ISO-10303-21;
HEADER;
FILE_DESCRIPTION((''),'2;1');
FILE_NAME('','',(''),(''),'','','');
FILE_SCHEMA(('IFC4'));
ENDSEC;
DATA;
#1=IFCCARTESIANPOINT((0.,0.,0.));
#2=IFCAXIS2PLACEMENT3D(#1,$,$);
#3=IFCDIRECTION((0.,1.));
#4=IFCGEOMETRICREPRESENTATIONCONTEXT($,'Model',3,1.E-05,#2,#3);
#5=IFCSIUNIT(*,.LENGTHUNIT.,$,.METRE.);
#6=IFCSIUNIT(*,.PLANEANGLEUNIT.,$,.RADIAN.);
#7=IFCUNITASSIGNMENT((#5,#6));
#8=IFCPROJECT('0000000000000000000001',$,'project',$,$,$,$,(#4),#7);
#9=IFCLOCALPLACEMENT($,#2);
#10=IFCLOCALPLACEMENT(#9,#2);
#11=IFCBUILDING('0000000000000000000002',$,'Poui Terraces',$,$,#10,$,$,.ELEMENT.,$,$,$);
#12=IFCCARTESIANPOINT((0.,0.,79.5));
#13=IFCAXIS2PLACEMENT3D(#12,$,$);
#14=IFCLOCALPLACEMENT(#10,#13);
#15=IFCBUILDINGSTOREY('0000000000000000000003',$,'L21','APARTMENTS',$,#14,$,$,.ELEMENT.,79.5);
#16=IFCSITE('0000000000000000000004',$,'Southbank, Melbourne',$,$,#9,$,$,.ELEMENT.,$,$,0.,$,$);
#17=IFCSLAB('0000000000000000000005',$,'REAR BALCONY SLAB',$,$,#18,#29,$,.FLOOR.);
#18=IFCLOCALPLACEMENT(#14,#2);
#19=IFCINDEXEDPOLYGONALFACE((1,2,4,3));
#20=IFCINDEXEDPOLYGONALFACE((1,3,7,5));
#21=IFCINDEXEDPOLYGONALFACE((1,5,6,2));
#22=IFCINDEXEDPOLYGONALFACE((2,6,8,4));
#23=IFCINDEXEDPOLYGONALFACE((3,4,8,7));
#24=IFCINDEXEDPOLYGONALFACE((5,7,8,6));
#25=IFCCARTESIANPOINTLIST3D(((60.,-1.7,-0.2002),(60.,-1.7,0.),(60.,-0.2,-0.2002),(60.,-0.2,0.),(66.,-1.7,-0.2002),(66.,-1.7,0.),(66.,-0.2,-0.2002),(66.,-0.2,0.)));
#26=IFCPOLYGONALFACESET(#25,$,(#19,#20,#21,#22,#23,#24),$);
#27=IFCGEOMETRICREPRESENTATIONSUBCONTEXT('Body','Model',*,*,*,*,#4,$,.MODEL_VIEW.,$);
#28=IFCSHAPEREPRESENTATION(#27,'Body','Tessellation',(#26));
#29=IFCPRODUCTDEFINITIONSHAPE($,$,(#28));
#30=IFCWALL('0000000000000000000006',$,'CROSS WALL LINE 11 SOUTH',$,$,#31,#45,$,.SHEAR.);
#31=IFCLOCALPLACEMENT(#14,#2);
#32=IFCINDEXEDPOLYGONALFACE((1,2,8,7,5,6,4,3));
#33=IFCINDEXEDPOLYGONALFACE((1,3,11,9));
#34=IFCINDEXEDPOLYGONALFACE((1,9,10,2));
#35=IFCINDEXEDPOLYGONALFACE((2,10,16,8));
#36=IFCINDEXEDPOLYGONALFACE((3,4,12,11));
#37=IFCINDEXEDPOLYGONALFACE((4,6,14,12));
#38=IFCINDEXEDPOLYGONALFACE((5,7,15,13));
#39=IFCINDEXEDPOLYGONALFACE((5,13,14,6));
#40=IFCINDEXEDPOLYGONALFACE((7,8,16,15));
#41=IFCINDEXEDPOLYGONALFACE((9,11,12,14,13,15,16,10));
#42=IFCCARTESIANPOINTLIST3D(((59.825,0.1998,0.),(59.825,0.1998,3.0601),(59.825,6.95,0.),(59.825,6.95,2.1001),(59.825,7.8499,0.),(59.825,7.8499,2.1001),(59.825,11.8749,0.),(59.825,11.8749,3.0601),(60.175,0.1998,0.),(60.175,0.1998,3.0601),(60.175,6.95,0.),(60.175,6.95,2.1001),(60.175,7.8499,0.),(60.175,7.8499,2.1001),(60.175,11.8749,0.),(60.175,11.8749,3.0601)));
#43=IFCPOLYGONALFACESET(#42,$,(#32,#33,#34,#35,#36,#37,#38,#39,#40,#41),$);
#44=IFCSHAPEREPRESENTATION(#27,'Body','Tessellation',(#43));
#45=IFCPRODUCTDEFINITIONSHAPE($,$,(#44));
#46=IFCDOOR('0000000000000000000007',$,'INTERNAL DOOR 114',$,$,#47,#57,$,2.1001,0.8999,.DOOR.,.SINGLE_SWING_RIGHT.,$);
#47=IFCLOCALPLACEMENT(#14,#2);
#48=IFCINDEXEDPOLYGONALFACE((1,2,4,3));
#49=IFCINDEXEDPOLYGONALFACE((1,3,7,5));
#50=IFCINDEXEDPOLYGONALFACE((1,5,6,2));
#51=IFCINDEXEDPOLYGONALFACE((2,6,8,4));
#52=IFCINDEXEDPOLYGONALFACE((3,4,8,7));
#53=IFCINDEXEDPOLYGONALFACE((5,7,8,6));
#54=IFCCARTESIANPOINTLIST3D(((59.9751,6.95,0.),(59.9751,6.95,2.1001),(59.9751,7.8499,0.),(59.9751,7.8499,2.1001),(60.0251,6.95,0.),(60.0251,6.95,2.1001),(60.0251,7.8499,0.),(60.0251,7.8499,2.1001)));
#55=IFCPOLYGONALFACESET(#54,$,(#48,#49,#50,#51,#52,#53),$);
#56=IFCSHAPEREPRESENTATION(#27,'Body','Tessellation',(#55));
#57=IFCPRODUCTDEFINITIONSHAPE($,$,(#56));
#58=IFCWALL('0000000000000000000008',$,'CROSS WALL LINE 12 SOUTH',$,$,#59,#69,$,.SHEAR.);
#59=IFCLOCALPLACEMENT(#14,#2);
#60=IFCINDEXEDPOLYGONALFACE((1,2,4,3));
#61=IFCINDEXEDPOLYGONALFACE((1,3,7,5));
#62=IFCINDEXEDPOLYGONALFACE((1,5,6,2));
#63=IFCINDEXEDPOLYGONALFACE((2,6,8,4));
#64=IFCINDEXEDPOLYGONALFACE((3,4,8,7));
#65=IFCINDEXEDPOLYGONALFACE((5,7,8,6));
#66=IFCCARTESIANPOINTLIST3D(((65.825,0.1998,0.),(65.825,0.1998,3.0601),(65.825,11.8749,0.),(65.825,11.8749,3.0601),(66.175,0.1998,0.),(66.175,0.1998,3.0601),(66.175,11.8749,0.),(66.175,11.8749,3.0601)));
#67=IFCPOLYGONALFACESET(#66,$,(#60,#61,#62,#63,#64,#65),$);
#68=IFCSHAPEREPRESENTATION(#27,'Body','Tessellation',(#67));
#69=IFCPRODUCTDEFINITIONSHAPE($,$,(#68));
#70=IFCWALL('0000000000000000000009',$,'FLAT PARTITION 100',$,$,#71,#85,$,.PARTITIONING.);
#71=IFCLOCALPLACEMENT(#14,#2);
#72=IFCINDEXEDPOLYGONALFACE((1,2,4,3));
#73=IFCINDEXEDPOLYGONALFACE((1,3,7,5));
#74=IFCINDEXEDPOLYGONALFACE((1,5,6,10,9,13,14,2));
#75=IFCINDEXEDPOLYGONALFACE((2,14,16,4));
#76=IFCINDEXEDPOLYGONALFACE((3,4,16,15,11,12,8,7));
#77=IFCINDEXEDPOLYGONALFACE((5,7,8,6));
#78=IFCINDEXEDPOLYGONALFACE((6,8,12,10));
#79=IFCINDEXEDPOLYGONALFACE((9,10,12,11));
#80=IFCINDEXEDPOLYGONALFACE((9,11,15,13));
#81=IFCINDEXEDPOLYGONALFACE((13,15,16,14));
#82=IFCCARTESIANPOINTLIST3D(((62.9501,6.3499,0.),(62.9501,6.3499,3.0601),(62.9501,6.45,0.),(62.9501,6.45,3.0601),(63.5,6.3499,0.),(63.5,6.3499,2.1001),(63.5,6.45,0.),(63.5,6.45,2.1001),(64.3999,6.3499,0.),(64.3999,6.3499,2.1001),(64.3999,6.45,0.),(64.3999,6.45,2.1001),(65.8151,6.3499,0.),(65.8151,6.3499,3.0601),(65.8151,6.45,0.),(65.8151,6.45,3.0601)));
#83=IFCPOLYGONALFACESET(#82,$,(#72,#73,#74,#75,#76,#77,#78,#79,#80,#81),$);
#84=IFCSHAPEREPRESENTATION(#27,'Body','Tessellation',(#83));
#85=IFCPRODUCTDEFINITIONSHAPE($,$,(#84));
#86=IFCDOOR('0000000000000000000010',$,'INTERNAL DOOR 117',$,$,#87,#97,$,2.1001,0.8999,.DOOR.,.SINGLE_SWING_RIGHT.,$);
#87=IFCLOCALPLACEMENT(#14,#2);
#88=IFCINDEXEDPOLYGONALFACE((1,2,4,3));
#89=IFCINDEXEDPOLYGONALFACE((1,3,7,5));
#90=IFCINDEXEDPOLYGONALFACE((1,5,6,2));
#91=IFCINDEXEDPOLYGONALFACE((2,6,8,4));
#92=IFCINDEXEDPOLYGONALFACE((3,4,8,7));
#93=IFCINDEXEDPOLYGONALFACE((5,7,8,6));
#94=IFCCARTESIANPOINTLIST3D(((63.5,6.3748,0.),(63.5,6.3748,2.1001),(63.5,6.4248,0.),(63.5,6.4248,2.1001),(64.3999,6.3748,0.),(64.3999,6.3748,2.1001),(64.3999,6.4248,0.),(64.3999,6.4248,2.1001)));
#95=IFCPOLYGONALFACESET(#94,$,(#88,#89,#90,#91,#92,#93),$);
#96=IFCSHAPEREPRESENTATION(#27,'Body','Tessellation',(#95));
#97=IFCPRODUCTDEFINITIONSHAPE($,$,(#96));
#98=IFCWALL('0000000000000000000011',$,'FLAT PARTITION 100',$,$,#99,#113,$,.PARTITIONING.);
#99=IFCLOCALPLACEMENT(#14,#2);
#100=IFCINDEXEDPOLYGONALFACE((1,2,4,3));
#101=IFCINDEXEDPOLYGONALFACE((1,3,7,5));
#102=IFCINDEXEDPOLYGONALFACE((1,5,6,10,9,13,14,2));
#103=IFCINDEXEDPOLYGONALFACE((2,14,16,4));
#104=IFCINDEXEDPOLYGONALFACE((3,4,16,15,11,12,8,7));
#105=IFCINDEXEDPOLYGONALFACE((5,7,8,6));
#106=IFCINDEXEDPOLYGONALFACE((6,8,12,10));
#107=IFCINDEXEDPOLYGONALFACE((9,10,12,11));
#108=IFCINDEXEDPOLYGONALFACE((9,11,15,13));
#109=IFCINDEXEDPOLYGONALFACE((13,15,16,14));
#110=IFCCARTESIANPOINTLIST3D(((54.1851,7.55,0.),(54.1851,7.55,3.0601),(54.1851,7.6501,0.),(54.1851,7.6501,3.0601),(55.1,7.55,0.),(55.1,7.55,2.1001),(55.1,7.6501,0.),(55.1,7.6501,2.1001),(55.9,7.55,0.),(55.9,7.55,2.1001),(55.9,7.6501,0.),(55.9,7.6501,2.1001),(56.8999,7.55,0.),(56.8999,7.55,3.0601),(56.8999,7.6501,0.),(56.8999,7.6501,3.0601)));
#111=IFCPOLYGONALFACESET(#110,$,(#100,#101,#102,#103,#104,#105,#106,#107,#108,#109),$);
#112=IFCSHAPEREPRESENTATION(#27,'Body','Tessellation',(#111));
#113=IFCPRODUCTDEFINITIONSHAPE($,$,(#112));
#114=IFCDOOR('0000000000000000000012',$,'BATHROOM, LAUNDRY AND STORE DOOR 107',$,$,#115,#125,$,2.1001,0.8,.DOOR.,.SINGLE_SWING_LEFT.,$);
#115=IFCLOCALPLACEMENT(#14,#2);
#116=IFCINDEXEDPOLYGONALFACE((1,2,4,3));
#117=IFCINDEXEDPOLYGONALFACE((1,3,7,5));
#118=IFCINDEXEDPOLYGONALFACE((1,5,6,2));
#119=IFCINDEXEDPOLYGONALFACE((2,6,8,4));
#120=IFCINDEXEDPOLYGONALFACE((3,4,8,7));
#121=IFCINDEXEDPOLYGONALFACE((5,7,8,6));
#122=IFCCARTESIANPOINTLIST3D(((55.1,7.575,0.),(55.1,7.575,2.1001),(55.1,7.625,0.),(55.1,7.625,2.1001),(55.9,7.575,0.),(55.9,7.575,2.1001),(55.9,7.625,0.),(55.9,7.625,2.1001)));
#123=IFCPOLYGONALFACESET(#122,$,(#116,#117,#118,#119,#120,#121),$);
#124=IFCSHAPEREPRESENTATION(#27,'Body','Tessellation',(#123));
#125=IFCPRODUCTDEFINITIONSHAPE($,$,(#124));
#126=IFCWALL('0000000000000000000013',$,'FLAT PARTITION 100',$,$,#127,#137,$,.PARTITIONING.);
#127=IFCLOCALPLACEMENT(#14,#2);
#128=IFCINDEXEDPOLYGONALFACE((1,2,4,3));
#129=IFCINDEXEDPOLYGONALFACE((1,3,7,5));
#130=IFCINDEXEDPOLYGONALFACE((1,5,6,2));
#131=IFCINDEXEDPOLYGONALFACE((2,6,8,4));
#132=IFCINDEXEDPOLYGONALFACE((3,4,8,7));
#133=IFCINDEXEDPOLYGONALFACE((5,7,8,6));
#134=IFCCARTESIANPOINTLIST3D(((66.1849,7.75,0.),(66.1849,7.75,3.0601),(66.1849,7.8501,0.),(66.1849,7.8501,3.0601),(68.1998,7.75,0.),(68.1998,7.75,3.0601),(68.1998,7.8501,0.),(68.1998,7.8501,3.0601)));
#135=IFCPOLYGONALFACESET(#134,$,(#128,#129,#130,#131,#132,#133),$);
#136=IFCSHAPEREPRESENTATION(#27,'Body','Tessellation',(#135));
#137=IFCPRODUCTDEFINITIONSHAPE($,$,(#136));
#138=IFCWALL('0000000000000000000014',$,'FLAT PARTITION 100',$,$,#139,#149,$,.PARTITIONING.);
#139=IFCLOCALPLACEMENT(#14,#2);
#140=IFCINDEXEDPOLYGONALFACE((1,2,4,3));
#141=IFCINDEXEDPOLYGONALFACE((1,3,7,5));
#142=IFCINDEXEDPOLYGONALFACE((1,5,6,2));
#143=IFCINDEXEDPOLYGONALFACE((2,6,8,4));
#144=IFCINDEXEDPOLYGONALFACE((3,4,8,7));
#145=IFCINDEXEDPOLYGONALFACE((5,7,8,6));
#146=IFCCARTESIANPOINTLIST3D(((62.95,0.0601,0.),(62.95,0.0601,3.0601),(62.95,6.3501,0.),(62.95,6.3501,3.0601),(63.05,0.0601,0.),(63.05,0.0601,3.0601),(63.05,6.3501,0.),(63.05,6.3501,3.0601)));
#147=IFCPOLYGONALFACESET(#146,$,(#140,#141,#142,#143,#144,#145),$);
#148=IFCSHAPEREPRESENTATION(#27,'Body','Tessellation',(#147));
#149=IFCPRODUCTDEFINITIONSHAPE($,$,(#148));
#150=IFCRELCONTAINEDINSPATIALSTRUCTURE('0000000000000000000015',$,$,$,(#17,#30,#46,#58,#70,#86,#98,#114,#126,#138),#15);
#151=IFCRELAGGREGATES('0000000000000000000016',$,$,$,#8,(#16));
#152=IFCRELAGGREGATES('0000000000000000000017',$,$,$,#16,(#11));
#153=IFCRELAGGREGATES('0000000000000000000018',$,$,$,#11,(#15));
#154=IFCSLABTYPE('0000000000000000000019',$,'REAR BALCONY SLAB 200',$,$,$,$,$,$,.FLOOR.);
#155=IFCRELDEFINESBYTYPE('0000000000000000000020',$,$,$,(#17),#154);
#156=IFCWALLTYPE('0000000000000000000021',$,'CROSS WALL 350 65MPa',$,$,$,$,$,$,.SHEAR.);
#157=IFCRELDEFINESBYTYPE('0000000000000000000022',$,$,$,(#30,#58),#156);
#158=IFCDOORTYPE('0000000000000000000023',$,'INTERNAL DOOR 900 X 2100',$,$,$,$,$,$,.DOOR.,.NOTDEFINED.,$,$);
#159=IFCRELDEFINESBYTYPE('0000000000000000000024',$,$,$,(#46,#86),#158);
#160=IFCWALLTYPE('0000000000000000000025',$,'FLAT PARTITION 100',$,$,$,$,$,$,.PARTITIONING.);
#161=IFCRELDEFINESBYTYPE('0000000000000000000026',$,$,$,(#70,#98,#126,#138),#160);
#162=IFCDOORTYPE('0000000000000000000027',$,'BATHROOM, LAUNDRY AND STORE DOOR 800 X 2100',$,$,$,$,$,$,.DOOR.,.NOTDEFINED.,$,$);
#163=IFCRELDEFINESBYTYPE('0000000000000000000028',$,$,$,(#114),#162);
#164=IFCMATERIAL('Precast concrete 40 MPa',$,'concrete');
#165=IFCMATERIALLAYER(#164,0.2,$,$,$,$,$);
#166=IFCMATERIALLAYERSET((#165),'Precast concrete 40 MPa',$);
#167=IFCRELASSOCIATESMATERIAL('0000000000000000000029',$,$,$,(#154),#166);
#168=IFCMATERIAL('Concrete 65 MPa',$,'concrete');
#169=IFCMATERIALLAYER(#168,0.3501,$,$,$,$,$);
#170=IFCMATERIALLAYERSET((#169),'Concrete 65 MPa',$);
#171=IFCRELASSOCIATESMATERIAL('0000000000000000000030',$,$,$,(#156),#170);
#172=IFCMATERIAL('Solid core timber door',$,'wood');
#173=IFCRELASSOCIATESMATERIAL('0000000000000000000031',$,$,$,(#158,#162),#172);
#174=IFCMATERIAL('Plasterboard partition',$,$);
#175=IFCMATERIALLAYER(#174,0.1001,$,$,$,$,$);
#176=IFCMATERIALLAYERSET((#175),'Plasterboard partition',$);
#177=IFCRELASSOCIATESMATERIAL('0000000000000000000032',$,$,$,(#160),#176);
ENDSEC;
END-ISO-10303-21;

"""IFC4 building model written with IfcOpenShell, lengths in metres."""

from ifc_helpers import new_model, si_unit, direction, frame, frame_2d, origin, place, context, subcontext, project, spatial, polyline, rectangle, outline, extrude, source, transform, mapped, material, layer, layer_set, type_object, element, fill, save


model = new_model("IFC4")

# Units and contexts
model_context = context("Model", 3, precision=1e-05, world=origin(), true_north=direction((0.0, 1.0)))
body_context = subcontext(model_context, "Body", "Model", "MODEL_VIEW")
ifc_project = project(units=[si_unit("LENGTHUNIT", "METRE"), si_unit("PLANEANGLEUNIT", "RADIAN")], contexts=[model_context])

# Site, building, storey
site_placement = place(None, origin())
site = spatial("IfcSite", under=ifc_project, at=site_placement, Name="Southbank, Melbourne", CompositionType="ELEMENT", RefElevation=0.0)
building_placement = place(site_placement, origin())
building = spatial("IfcBuilding", under=site, at=building_placement, Name="Poui Terraces", CompositionType="ELEMENT")
storey_placement = place(building_placement, frame((0.0, 0.0, 79.5)))
storey = spatial("IfcBuildingStorey", under=building, at=storey_placement, Name="L21", Description="APARTMENTS", CompositionType="ELEMENT", Elevation=79.5)

# Slab
ifc_material_1 = material(Name="Precast concrete 40 MPa", Category="concrete")
ifc_layer_1 = layer(ifc_material_1, 0.2)
ifc_layer_set_1 = layer_set([ifc_layer_1], Name="Precast concrete 40 MPa")
slab_type = type_object("IfcSlabType", Name="REAR BALCONY SLAB 200", PredefinedType="FLOOR", material=ifc_layer_set_1)
shared_shape_1 = source(origin(), body_context, "Body", "SweptSolid", [
    extrude(outline(polyline([(0.0, 0.0), (6.0, 0.0), (6.0, 1.5), (0.0, 1.5), (0.0, 0.0)])), origin(), (0.0, 0.0, 1.0), 0.2002),
])
slab_placement = place(storey_placement, frame((60.0, -1.7, -0.2002)))
element("IfcSlab", 1, at=slab_placement, inside=storey, type_object=slab_type, Name="REAR BALCONY SLAB", PredefinedType="FLOOR", context=body_context, shape_type="MappedRepresentation", body=[
    mapped(shared_shape_1, transform((0.0, 0.0, 0.0))),
])

# Wall, opening, door
ifc_material_2 = material(Name="Concrete 65 MPa", Category="concrete")
ifc_layer_2 = layer(ifc_material_2, 0.3501)
ifc_layer_set_2 = layer_set([ifc_layer_2], Name="Concrete 65 MPa")
wall_type_1 = type_object("IfcWallType", Name="CROSS WALL 350 65MPa", PredefinedType="SHEAR", material=ifc_layer_set_2)
wall_1_placement = place(storey_placement, frame((60.0, 0.2, 0.0), z_axis=(0.0, 0.0, 1.0), x_axis=(0.0, 1.0, 0.0)))
wall_1 = element("IfcWall", 2, at=wall_1_placement, inside=storey, type_object=wall_type_1, Name="CROSS WALL LINE 11 SOUTH", PredefinedType="SHEAR", context=body_context, shape_type="SweptSolid", body=[
    extrude(rectangle(XDim=11.675, YDim=0.3501, at=frame_2d((5.8374, 0.0))), origin(), (0.0, 0.0, 1.0), 3.0601),
])
opening_1_placement = place(wall_1_placement, frame((6.75, 0.0, 0.0)))
opening_1 = element("IfcOpeningElement", 3, at=opening_1_placement, cuts=wall_1, PredefinedType="OPENING", context=body_context, shape_type="SweptSolid", body=[
    extrude(rectangle(XDim=0.8999, YDim=2.1001, at=frame_2d((0.45, 1.05))), frame((0.0, 0.1851, 0.0), z_axis=(0.0, -1.0, 0.0), x_axis=(1.0, 0.0, 0.0)), (0.0, 0.0, 1.0), 0.3701),
])
ifc_material_3 = material(Name="Solid core timber door", Category="wood")
door_type_1 = type_object("IfcDoorType", Name="INTERNAL DOOR 900 X 2100", OperationType="NOTDEFINED", PredefinedType="DOOR", material=ifc_material_3)
door_1_placement = place(opening_1_placement, origin())
door_1 = element("IfcDoor", 4, at=door_1_placement, inside=storey, type_object=door_type_1, Name="INTERNAL DOOR 114", OperationType="SINGLE_SWING_RIGHT", OverallHeight=2.1001, OverallWidth=0.8999, PredefinedType="DOOR", context=body_context, shape_type="SweptSolid", body=[
    extrude(rectangle(XDim=0.8999, YDim=2.1001, at=frame_2d((0.45, 1.05))), frame((0.0, 0.0249, 0.0), z_axis=(0.0, -1.0, 0.0), x_axis=(1.0, 0.0, 0.0)), (0.0, 0.0, 1.0), 0.05),
])
fill(opening_1, door_1)

# Wall
wall_2_placement = place(storey_placement, frame((66.0, 0.2, 0.0), z_axis=(0.0, 0.0, 1.0), x_axis=(0.0, 1.0, 0.0)))
element("IfcWall", 5, at=wall_2_placement, inside=storey, type_object=wall_type_1, Name="CROSS WALL LINE 12 SOUTH", PredefinedType="SHEAR", context=body_context, shape_type="SweptSolid", body=[
    extrude(rectangle(XDim=11.675, YDim=0.3501, at=frame_2d((5.8374, 0.0))), origin(), (0.0, 0.0, 1.0), 3.0601),
])

# Walls, openings, doors
ifc_material_4 = material(Name="Plasterboard partition")
ifc_layer_3 = layer(ifc_material_4, 0.1001)
ifc_layer_set_3 = layer_set([ifc_layer_3], Name="Plasterboard partition")
wall_type_2 = type_object("IfcWallType", Name="FLAT PARTITION 100", PredefinedType="PARTITIONING", material=ifc_layer_set_3)
wall_3_placement = place(storey_placement, frame((62.95, 6.3999, 0.0), z_axis=(0.0, 0.0, 1.0), x_axis=(1.0, 0.0, 0.0)))
wall_3 = element("IfcWall", 6, at=wall_3_placement, inside=storey, type_object=wall_type_2, Name="FLAT PARTITION 100", PredefinedType="PARTITIONING", context=body_context, shape_type="SweptSolid", body=[
    extrude(rectangle(XDim=2.865, YDim=0.1001, at=frame_2d((1.4326, 0.0))), origin(), (0.0, 0.0, 1.0), 3.0601),
])
opening_2_placement = place(wall_3_placement, frame((0.55, 0.0, 0.0)))
opening_2 = element("IfcOpeningElement", 7, at=opening_2_placement, cuts=wall_3, PredefinedType="OPENING", context=body_context, shape_type="SweptSolid", body=[
    extrude(rectangle(XDim=0.8999, YDim=2.1001, at=frame_2d((0.45, 1.05))), frame((0.0, 0.0601, 0.0), z_axis=(0.0, -1.0, 0.0), x_axis=(1.0, 0.0, 0.0)), (0.0, 0.0, 1.0), 0.1201),
])
door_2_placement = place(opening_2_placement, origin())
door_2 = element("IfcDoor", 8, at=door_2_placement, inside=storey, type_object=door_type_1, Name="INTERNAL DOOR 117", OperationType="SINGLE_SWING_RIGHT", OverallHeight=2.1001, OverallWidth=0.8999, PredefinedType="DOOR", context=body_context, shape_type="SweptSolid", body=[
    extrude(rectangle(XDim=0.8999, YDim=2.1001, at=frame_2d((0.45, 1.05))), frame((0.0, 0.0249, 0.0), z_axis=(0.0, -1.0, 0.0), x_axis=(1.0, 0.0, 0.0)), (0.0, 0.0, 1.0), 0.05),
])
fill(opening_2, door_2)
wall_4_placement = place(storey_placement, frame((54.1851, 7.6001, 0.0), z_axis=(0.0, 0.0, 1.0), x_axis=(1.0, 0.0, 0.0)))
wall_4 = element("IfcWall", 9, at=wall_4_placement, inside=storey, type_object=wall_type_2, Name="FLAT PARTITION 100", PredefinedType="PARTITIONING", context=body_context, shape_type="SweptSolid", body=[
    extrude(rectangle(XDim=2.7148, YDim=0.1001, at=frame_2d((1.3574, 0.0))), origin(), (0.0, 0.0, 1.0), 3.0601),
])
opening_3_placement = place(wall_4_placement, frame((0.915, 0.0, 0.0)))
opening_3 = element("IfcOpeningElement", 10, at=opening_3_placement, cuts=wall_4, PredefinedType="OPENING", context=body_context, shape_type="SweptSolid", body=[
    extrude(rectangle(XDim=0.8, YDim=2.1001, at=frame_2d((0.3999, 1.05))), frame((0.0, 0.0601, 0.0), z_axis=(0.0, -1.0, 0.0), x_axis=(1.0, 0.0, 0.0)), (0.0, 0.0, 1.0), 0.1201),
])
door_type_2 = type_object("IfcDoorType", Name="BATHROOM, LAUNDRY AND STORE DOOR 800 X 2100", OperationType="NOTDEFINED", PredefinedType="DOOR", material=ifc_material_3)
door_3_placement = place(opening_3_placement, origin())
door_3 = element("IfcDoor", 11, at=door_3_placement, inside=storey, type_object=door_type_2, Name="BATHROOM, LAUNDRY AND STORE DOOR 107", OperationType="SINGLE_SWING_LEFT", OverallHeight=2.1001, OverallWidth=0.8, PredefinedType="DOOR", context=body_context, shape_type="SweptSolid", body=[
    extrude(rectangle(XDim=0.8, YDim=2.1001, at=frame_2d((0.3999, 1.05))), frame((0.0, 0.0249, 0.0), z_axis=(0.0, -1.0, 0.0), x_axis=(1.0, 0.0, 0.0)), (0.0, 0.0, 1.0), 0.05),
])
fill(opening_3, door_3)

# Walls
wall_5_placement = place(storey_placement, frame((66.1851, 7.8, 0.0), z_axis=(0.0, 0.0, 1.0), x_axis=(1.0, 0.0, 0.0)))
element("IfcWall", 12, at=wall_5_placement, inside=storey, type_object=wall_type_2, Name="FLAT PARTITION 100", PredefinedType="PARTITIONING", context=body_context, shape_type="SweptSolid", body=[
    extrude(rectangle(XDim=2.0149, YDim=0.1001, at=frame_2d((1.0073, 0.0))), origin(), (0.0, 0.0, 1.0), 3.0601),
])
wall_6_placement = place(storey_placement, frame((63.0, 0.0601, 0.0), z_axis=(0.0, 0.0, 1.0), x_axis=(0.0, 1.0, 0.0)))
element("IfcWall", 13, at=wall_6_placement, inside=storey, type_object=wall_type_2, Name="FLAT PARTITION 100", PredefinedType="PARTITIONING", context=body_context, shape_type="SweptSolid", body=[
    extrude(rectangle(XDim=6.29, YDim=0.1001, at=frame_2d((3.145, 0.0))), origin(), (0.0, 0.0, 1.0), 3.0601),
])

save(model, "model.ifc")
